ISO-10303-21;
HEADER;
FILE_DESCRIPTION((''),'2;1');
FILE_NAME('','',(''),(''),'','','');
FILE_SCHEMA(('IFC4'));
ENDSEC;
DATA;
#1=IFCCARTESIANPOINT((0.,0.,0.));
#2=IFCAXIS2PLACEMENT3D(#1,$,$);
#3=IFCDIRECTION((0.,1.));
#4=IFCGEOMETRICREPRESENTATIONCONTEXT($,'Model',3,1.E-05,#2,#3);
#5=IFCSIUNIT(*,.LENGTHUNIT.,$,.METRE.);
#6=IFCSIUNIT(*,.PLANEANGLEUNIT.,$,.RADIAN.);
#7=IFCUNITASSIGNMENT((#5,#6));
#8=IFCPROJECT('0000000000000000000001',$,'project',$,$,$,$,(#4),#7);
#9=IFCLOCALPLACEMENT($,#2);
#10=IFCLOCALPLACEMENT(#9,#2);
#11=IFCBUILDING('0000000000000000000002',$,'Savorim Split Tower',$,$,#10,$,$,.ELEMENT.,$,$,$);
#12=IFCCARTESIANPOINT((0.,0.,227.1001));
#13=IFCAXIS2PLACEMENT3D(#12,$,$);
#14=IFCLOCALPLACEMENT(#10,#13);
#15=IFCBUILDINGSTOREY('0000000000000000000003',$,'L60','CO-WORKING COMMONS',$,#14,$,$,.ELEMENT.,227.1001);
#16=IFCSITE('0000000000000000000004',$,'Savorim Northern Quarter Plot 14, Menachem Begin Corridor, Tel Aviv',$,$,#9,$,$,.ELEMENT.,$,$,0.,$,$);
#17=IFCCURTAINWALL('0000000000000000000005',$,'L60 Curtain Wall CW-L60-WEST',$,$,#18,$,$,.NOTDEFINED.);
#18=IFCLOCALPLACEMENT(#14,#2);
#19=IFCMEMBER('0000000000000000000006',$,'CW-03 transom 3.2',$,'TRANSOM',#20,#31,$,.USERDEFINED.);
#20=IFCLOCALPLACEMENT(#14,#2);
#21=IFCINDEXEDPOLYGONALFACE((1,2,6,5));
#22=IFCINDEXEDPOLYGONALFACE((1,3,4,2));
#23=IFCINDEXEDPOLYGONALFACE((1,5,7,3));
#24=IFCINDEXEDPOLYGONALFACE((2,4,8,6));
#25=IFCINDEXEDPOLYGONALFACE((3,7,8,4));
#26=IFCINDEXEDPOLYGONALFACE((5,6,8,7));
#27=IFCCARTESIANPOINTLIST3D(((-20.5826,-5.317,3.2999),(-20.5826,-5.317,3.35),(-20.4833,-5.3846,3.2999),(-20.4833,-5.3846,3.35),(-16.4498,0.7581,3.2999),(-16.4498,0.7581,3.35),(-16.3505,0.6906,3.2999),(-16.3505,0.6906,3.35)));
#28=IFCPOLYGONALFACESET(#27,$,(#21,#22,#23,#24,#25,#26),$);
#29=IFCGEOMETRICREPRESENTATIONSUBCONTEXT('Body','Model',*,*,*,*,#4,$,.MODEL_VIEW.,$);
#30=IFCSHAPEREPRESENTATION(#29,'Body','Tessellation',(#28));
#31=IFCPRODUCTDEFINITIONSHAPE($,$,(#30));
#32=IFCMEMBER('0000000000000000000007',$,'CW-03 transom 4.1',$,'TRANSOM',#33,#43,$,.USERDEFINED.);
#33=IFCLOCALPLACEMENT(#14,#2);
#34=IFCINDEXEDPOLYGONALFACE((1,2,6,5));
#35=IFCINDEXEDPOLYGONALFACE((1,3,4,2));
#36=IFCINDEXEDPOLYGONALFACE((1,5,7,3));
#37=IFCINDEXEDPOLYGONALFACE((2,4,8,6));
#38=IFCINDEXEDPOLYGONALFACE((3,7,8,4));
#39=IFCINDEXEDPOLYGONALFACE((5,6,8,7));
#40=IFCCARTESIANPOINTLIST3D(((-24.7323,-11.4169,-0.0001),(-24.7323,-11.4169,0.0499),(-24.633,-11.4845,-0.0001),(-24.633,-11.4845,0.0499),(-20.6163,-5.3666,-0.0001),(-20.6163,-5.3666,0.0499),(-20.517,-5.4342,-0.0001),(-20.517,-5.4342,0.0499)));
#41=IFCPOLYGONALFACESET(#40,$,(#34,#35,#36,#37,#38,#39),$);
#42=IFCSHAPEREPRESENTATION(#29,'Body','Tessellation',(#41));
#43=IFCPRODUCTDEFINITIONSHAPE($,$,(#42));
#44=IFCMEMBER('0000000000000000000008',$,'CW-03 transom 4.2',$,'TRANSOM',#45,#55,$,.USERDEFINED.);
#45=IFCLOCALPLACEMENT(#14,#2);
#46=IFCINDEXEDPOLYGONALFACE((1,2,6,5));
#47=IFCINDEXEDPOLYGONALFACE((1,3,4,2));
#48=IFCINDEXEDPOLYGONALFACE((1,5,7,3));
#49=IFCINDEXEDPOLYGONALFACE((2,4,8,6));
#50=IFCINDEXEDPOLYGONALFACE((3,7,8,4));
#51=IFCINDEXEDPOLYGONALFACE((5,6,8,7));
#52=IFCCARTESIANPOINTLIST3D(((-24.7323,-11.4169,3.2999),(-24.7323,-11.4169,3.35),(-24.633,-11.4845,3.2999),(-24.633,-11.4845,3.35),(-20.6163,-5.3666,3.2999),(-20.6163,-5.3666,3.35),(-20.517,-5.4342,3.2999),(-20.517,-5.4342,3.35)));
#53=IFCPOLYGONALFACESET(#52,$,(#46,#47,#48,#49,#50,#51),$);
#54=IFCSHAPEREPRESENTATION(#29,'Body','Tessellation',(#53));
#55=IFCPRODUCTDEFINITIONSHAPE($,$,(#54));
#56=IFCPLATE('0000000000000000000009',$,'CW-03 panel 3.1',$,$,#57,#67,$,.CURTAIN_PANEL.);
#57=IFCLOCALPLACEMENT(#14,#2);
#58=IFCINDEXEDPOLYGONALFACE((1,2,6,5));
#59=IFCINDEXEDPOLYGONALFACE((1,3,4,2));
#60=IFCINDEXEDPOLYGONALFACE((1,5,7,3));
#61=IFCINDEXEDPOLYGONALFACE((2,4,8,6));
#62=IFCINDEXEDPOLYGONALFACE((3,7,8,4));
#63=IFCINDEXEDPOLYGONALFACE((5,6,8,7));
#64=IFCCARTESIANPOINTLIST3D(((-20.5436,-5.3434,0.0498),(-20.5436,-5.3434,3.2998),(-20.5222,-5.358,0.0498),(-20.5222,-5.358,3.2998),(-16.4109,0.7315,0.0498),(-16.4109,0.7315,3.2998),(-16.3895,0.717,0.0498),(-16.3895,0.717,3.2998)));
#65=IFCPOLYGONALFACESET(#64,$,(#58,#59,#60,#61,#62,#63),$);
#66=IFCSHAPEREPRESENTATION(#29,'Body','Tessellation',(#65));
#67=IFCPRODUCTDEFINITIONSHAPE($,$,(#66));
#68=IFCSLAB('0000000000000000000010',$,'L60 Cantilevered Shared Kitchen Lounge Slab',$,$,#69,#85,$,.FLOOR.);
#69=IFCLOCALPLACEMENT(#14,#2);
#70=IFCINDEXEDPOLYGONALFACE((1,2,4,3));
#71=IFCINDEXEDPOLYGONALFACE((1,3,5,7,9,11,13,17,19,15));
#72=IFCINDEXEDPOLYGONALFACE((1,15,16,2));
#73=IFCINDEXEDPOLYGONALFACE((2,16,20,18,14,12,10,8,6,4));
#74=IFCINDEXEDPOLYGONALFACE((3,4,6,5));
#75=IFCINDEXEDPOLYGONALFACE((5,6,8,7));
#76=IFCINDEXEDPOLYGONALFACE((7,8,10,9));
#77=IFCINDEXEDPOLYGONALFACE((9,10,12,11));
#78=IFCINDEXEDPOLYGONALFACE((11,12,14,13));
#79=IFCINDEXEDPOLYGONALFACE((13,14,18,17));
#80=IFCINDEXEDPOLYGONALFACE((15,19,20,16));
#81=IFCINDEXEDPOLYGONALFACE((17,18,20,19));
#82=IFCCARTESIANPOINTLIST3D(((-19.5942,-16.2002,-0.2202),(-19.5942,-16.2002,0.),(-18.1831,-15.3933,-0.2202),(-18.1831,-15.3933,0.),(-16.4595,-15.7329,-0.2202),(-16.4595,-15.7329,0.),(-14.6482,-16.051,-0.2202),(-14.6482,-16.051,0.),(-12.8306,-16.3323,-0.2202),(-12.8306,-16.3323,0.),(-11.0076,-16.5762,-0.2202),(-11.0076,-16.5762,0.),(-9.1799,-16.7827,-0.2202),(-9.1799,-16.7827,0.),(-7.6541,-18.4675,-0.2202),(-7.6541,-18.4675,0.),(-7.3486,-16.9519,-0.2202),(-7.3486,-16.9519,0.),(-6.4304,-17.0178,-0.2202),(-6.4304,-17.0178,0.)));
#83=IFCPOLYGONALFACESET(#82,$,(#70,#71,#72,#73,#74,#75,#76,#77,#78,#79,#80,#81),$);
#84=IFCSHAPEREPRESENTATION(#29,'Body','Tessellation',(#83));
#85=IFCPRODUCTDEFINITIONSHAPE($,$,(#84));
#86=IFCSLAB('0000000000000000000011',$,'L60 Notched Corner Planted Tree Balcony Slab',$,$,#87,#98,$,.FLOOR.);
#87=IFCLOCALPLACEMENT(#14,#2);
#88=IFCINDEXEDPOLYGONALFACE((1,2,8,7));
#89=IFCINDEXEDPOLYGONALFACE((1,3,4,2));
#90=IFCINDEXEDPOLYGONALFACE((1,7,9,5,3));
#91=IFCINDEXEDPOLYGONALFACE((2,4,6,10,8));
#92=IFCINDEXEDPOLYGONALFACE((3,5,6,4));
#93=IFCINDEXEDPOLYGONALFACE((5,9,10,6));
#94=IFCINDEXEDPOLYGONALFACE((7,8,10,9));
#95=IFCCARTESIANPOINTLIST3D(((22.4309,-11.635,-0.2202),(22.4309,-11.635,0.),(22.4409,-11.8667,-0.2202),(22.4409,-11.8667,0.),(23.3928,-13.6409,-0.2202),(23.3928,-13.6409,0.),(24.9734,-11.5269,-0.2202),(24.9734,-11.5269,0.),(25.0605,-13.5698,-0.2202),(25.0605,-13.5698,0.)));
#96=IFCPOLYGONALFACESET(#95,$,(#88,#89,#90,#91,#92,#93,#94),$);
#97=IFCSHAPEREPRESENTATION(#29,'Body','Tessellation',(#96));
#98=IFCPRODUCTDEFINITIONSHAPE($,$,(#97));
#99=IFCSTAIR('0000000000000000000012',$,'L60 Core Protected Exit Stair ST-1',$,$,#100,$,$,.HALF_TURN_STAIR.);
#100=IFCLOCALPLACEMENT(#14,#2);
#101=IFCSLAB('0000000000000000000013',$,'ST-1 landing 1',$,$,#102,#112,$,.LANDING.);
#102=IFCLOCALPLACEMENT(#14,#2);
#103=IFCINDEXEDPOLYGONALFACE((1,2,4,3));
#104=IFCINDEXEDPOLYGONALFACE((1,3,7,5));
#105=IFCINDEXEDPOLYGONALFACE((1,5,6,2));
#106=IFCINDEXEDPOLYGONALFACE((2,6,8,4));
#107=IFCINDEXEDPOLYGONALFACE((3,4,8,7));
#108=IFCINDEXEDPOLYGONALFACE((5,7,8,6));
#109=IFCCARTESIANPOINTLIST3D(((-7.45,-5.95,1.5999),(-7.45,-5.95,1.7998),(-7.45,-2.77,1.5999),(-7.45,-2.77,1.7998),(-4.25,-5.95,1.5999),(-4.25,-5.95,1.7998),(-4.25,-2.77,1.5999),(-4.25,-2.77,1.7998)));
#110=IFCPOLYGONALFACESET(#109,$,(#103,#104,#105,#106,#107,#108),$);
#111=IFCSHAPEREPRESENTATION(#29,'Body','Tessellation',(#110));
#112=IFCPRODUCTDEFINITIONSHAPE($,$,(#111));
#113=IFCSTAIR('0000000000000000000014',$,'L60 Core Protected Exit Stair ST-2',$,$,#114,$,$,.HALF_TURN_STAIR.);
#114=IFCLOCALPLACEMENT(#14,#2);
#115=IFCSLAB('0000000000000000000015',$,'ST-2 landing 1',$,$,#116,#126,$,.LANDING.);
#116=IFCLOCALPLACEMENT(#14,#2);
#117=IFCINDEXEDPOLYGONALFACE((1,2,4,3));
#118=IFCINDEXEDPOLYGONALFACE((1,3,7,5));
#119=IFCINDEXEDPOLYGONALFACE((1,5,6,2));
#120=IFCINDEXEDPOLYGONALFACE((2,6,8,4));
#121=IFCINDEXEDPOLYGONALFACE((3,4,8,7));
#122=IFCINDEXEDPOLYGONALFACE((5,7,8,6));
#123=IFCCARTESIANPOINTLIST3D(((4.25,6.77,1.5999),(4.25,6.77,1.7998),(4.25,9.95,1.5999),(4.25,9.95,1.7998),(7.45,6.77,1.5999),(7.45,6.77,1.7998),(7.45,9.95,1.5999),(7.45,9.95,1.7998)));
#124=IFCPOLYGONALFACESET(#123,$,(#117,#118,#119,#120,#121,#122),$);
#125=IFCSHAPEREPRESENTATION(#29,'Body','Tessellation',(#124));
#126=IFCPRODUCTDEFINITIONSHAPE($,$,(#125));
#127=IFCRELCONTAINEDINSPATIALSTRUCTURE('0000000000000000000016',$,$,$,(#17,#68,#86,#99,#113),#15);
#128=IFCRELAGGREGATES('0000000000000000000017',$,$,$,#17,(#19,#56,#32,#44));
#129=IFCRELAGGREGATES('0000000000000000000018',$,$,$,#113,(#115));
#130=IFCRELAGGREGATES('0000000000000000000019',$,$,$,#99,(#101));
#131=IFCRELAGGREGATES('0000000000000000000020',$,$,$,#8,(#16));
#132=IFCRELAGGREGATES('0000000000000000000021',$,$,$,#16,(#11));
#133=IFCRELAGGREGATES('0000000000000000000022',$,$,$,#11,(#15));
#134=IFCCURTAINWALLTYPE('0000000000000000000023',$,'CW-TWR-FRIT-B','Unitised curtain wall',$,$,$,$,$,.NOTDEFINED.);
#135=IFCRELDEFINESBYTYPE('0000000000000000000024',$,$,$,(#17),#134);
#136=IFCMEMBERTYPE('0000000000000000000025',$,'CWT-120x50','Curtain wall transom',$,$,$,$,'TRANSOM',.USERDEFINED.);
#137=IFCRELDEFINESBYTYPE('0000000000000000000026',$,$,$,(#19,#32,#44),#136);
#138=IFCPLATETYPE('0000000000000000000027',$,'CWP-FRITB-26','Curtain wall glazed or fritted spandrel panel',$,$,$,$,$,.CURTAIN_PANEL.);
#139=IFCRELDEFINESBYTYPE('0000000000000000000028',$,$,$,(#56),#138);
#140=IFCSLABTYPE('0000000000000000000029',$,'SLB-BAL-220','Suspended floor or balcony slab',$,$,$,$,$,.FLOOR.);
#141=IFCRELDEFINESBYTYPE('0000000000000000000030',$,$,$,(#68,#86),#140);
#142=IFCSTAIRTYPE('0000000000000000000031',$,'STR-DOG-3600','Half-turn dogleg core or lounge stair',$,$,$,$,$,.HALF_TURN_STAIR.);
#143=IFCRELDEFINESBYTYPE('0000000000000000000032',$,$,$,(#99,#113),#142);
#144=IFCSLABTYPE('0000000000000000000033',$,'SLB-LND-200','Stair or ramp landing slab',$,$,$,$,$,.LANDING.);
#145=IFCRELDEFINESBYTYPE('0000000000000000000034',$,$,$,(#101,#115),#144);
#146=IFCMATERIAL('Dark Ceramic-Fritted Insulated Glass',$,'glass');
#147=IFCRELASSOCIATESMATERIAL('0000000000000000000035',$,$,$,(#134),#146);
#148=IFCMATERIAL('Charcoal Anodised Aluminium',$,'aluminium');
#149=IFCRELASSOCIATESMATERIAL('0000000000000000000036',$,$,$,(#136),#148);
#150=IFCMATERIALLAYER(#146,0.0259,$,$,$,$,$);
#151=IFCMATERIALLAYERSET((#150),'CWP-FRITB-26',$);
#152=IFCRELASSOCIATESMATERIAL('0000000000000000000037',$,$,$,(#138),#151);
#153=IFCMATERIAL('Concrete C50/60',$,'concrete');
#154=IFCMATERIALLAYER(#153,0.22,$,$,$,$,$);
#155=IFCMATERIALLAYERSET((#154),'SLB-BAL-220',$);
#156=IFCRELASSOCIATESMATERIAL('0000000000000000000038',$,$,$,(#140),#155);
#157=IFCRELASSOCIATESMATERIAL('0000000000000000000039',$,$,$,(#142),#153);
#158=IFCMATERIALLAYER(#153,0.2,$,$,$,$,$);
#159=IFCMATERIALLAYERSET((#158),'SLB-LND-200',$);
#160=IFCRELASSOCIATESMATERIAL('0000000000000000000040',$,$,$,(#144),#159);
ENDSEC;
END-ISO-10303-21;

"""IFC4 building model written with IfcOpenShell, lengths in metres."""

from ifc_helpers import new_model, si_unit, direction, frame, origin, origin_2d, place, context, subcontext, project, spatial, polyline, rectangle, outline, extrude, material, layer, layer_set, material_profile, profile_set, type_object, element, aggregate, save


model = new_model("IFC4")

# Units and contexts
model_context = context("Model", 3, precision=1e-05, world=origin(), true_north=direction((0.0, 1.0)))
body_context = subcontext(model_context, "Body", "Model", "MODEL_VIEW")
ifc_project = project(units=[si_unit("LENGTHUNIT", "METRE"), si_unit("PLANEANGLEUNIT", "RADIAN")], contexts=[model_context])

# Site, building, storey
site_placement = place(None, origin())
site = spatial("IfcSite", under=ifc_project, at=site_placement, Name="Savorim Northern Quarter Plot 14, Menachem Begin Corridor, Tel Aviv", CompositionType="ELEMENT", RefElevation=0.0)
building_placement = place(site_placement, origin())
building = spatial("IfcBuilding", under=site, at=building_placement, Name="Savorim Split Tower", CompositionType="ELEMENT")
storey_placement = place(building_placement, frame((0.0, 0.0, 227.1001)))
storey = spatial("IfcBuildingStorey", under=building, at=storey_placement, Name="L60", Description="CO-WORKING COMMONS", CompositionType="ELEMENT", Elevation=227.1001)

# Curtain wall, members, plate
ifc_material_1 = material(Name="Dark Ceramic-Fritted Insulated Glass", Category="glass")
curtain_wall_type = type_object("IfcCurtainWallType", Name="CW-TWR-FRIT-B", Description="Unitised curtain wall", PredefinedType="NOTDEFINED", material=ifc_material_1)
curtain_wall_placement = place(storey_placement, origin())
curtain_wall = element("IfcCurtainWall", 1, at=curtain_wall_placement, inside=storey, type_object=curtain_wall_type, Name="L60 Curtain Wall CW-L60-WEST", PredefinedType="NOTDEFINED")
ifc_material_2 = material(Name="Charcoal Anodised Aluminium", Category="aluminium")
ifc_material_profile_1 = material_profile(ifc_material_2, rectangle(XDim=0.1201, YDim=0.05, at=origin_2d()), Name="ALU-T 120x50")
ifc_profile_set_1 = profile_set([ifc_material_profile_1], Name="Charcoal Anodised Aluminium")
member_type_1 = type_object("IfcMemberType", Name="CWT-120x50", Description="Curtain wall transom", ElementType="TRANSOM", PredefinedType="USERDEFINED", material=ifc_profile_set_1)
member_1_placement = place(storey_placement, frame((-16.4001, 0.7244, 3.325), z_axis=(-0.562466, -0.82682, 0.0), x_axis=(0.82682, -0.562466, 0.0)))
member_1 = element("IfcMember", 2, at=member_1_placement, type_object=member_type_1, Name="CW-03 transom 3.2", ObjectType="TRANSOM", PredefinedType="USERDEFINED", context=body_context, shape_type="SweptSolid", body=[
    extrude(rectangle(XDim=0.1201, YDim=0.05, at=origin_2d()), origin(), (0.0, 0.0, 1.0), 7.3477),
])
member_2_placement = place(storey_placement, frame((-20.5667, -5.4004, 0.0249), z_axis=(-0.562475, -0.826814, 0.0), x_axis=(0.826814, -0.562475, 0.0)))
member_2 = element("IfcMember", 3, at=member_2_placement, type_object=member_type_1, Name="CW-03 transom 4.1", ObjectType="TRANSOM", PredefinedType="USERDEFINED", context=body_context, shape_type="SweptSolid", body=[
    extrude(rectangle(XDim=0.1201, YDim=0.05, at=origin_2d()), origin(), (0.0, 0.0, 1.0), 7.3176),
])
member_3_placement = place(storey_placement, frame((-20.5667, -5.4004, 3.325), z_axis=(-0.562475, -0.826814, 0.0), x_axis=(0.826814, -0.562475, 0.0)))
member_3 = element("IfcMember", 4, at=member_3_placement, type_object=member_type_1, Name="CW-03 transom 4.2", ObjectType="TRANSOM", PredefinedType="USERDEFINED", context=body_context, shape_type="SweptSolid", body=[
    extrude(rectangle(XDim=0.1201, YDim=0.05, at=origin_2d()), origin(), (0.0, 0.0, 1.0), 7.3176),
])
ifc_layer_1 = layer(ifc_material_1, 0.0259)
ifc_layer_set_1 = layer_set([ifc_layer_1], Name="CWP-FRITB-26")
plate_type = type_object("IfcPlateType", Name="CWP-FRITB-26", Description="Curtain wall glazed or fritted spandrel panel", PredefinedType="CURTAIN_PANEL", material=ifc_layer_set_1)
plate_placement = place(storey_placement, frame((-18.4666, -2.3132, 0.0498), z_axis=(0.0, 0.0, 1.0), x_axis=(-0.562467, -0.82682, 0.0)))
plate = element("IfcPlate", 5, at=plate_placement, type_object=plate_type, Name="CW-03 panel 3.1", PredefinedType="CURTAIN_PANEL", context=body_context, shape_type="SweptSolid", body=[
    extrude(rectangle(XDim=7.3474, YDim=0.0259, at=origin_2d()), origin(), (0.0, 0.0, 1.0), 3.25),
])
aggregate(curtain_wall, [member_1, plate, member_2, member_3])

# Slabs
ifc_material_3 = material(Name="Concrete C50/60", Category="concrete")
ifc_layer_2 = layer(ifc_material_3, 0.22)
ifc_layer_set_2 = layer_set([ifc_layer_2], Name="SLB-BAL-220")
slab_type_1 = type_object("IfcSlabType", Name="SLB-BAL-220", Description="Suspended floor or balcony slab", PredefinedType="FLOOR", material=ifc_layer_set_2)
slab_1_placement = place(storey_placement, frame((0.0, 0.0, -0.2202)))
element("IfcSlab", 6, at=slab_1_placement, inside=storey, type_object=slab_type_1, Name="L60 Cantilevered Shared Kitchen Lounge Slab", PredefinedType="FLOOR", context=body_context, shape_type="SweptSolid", body=[
    extrude(outline(polyline([(-6.4304, -17.0178), (-7.3486, -16.9519), (-9.1799, -16.7827), (-11.0076, -16.5762), (-12.8306, -16.3323), (-14.6482, -16.051), (-16.4595, -15.7329), (-18.1831, -15.3933), (-19.5942, -16.2002), (-7.6541, -18.4675), (-6.4304, -17.0178)])), origin(), (0.0, 0.0, 1.0), 0.2202),
])
slab_2_placement = place(storey_placement, frame((0.0, 0.0, -0.2202)))
element("IfcSlab", 7, at=slab_2_placement, inside=storey, type_object=slab_type_1, Name="L60 Notched Corner Planted Tree Balcony Slab", PredefinedType="FLOOR", context=body_context, shape_type="SweptSolid", body=[
    extrude(outline(polyline([(24.9734, -11.5269), (22.4309, -11.635), (22.4409, -11.8667), (23.3928, -13.6409), (25.0605, -13.5698), (24.9734, -11.5269)])), origin(), (0.0, 0.0, 1.0), 0.2202),
])

# Stairs, slabs
stair_type = type_object("IfcStairType", Name="STR-DOG-3600", Description="Half-turn dogleg core or lounge stair", PredefinedType="HALF_TURN_STAIR", material=ifc_material_3)
stair_1_placement = place(storey_placement, origin())
stair_1 = element("IfcStair", 8, at=stair_1_placement, inside=storey, type_object=stair_type, Name="L60 Core Protected Exit Stair ST-1", PredefinedType="HALF_TURN_STAIR")
ifc_layer_3 = layer(ifc_material_3, 0.2)
ifc_layer_set_3 = layer_set([ifc_layer_3], Name="SLB-LND-200")
slab_type_2 = type_object("IfcSlabType", Name="SLB-LND-200", Description="Stair or ramp landing slab", PredefinedType="LANDING", material=ifc_layer_set_3)
slab_3_placement = place(storey_placement, frame((0.0, 0.0, 1.5999)))
slab_3 = element("IfcSlab", 9, at=slab_3_placement, type_object=slab_type_2, Name="ST-1 landing 1", PredefinedType="LANDING", context=body_context, shape_type="SweptSolid", body=[
    extrude(outline(polyline([(-7.45, -2.77), (-7.45, -5.95), (-4.25, -5.95), (-4.25, -2.77), (-7.45, -2.77)])), origin(), (0.0, 0.0, 1.0), 0.2),
])
stair_2_placement = place(storey_placement, origin())
stair_2 = element("IfcStair", 10, at=stair_2_placement, inside=storey, type_object=stair_type, Name="L60 Core Protected Exit Stair ST-2", PredefinedType="HALF_TURN_STAIR")
slab_4_placement = place(storey_placement, frame((0.0, 0.0, 1.5999)))
slab_4 = element("IfcSlab", 11, at=slab_4_placement, type_object=slab_type_2, Name="ST-2 landing 1", PredefinedType="LANDING", context=body_context, shape_type="SweptSolid", body=[
    extrude(outline(polyline([(7.45, 6.77), (7.45, 9.95), (4.25, 9.95), (4.25, 6.77), (7.45, 6.77)])), origin(), (0.0, 0.0, 1.0), 0.2),
])
aggregate(stair_2, [slab_4])

aggregate(stair_1, [slab_3])

save(model, "model.ifc")
